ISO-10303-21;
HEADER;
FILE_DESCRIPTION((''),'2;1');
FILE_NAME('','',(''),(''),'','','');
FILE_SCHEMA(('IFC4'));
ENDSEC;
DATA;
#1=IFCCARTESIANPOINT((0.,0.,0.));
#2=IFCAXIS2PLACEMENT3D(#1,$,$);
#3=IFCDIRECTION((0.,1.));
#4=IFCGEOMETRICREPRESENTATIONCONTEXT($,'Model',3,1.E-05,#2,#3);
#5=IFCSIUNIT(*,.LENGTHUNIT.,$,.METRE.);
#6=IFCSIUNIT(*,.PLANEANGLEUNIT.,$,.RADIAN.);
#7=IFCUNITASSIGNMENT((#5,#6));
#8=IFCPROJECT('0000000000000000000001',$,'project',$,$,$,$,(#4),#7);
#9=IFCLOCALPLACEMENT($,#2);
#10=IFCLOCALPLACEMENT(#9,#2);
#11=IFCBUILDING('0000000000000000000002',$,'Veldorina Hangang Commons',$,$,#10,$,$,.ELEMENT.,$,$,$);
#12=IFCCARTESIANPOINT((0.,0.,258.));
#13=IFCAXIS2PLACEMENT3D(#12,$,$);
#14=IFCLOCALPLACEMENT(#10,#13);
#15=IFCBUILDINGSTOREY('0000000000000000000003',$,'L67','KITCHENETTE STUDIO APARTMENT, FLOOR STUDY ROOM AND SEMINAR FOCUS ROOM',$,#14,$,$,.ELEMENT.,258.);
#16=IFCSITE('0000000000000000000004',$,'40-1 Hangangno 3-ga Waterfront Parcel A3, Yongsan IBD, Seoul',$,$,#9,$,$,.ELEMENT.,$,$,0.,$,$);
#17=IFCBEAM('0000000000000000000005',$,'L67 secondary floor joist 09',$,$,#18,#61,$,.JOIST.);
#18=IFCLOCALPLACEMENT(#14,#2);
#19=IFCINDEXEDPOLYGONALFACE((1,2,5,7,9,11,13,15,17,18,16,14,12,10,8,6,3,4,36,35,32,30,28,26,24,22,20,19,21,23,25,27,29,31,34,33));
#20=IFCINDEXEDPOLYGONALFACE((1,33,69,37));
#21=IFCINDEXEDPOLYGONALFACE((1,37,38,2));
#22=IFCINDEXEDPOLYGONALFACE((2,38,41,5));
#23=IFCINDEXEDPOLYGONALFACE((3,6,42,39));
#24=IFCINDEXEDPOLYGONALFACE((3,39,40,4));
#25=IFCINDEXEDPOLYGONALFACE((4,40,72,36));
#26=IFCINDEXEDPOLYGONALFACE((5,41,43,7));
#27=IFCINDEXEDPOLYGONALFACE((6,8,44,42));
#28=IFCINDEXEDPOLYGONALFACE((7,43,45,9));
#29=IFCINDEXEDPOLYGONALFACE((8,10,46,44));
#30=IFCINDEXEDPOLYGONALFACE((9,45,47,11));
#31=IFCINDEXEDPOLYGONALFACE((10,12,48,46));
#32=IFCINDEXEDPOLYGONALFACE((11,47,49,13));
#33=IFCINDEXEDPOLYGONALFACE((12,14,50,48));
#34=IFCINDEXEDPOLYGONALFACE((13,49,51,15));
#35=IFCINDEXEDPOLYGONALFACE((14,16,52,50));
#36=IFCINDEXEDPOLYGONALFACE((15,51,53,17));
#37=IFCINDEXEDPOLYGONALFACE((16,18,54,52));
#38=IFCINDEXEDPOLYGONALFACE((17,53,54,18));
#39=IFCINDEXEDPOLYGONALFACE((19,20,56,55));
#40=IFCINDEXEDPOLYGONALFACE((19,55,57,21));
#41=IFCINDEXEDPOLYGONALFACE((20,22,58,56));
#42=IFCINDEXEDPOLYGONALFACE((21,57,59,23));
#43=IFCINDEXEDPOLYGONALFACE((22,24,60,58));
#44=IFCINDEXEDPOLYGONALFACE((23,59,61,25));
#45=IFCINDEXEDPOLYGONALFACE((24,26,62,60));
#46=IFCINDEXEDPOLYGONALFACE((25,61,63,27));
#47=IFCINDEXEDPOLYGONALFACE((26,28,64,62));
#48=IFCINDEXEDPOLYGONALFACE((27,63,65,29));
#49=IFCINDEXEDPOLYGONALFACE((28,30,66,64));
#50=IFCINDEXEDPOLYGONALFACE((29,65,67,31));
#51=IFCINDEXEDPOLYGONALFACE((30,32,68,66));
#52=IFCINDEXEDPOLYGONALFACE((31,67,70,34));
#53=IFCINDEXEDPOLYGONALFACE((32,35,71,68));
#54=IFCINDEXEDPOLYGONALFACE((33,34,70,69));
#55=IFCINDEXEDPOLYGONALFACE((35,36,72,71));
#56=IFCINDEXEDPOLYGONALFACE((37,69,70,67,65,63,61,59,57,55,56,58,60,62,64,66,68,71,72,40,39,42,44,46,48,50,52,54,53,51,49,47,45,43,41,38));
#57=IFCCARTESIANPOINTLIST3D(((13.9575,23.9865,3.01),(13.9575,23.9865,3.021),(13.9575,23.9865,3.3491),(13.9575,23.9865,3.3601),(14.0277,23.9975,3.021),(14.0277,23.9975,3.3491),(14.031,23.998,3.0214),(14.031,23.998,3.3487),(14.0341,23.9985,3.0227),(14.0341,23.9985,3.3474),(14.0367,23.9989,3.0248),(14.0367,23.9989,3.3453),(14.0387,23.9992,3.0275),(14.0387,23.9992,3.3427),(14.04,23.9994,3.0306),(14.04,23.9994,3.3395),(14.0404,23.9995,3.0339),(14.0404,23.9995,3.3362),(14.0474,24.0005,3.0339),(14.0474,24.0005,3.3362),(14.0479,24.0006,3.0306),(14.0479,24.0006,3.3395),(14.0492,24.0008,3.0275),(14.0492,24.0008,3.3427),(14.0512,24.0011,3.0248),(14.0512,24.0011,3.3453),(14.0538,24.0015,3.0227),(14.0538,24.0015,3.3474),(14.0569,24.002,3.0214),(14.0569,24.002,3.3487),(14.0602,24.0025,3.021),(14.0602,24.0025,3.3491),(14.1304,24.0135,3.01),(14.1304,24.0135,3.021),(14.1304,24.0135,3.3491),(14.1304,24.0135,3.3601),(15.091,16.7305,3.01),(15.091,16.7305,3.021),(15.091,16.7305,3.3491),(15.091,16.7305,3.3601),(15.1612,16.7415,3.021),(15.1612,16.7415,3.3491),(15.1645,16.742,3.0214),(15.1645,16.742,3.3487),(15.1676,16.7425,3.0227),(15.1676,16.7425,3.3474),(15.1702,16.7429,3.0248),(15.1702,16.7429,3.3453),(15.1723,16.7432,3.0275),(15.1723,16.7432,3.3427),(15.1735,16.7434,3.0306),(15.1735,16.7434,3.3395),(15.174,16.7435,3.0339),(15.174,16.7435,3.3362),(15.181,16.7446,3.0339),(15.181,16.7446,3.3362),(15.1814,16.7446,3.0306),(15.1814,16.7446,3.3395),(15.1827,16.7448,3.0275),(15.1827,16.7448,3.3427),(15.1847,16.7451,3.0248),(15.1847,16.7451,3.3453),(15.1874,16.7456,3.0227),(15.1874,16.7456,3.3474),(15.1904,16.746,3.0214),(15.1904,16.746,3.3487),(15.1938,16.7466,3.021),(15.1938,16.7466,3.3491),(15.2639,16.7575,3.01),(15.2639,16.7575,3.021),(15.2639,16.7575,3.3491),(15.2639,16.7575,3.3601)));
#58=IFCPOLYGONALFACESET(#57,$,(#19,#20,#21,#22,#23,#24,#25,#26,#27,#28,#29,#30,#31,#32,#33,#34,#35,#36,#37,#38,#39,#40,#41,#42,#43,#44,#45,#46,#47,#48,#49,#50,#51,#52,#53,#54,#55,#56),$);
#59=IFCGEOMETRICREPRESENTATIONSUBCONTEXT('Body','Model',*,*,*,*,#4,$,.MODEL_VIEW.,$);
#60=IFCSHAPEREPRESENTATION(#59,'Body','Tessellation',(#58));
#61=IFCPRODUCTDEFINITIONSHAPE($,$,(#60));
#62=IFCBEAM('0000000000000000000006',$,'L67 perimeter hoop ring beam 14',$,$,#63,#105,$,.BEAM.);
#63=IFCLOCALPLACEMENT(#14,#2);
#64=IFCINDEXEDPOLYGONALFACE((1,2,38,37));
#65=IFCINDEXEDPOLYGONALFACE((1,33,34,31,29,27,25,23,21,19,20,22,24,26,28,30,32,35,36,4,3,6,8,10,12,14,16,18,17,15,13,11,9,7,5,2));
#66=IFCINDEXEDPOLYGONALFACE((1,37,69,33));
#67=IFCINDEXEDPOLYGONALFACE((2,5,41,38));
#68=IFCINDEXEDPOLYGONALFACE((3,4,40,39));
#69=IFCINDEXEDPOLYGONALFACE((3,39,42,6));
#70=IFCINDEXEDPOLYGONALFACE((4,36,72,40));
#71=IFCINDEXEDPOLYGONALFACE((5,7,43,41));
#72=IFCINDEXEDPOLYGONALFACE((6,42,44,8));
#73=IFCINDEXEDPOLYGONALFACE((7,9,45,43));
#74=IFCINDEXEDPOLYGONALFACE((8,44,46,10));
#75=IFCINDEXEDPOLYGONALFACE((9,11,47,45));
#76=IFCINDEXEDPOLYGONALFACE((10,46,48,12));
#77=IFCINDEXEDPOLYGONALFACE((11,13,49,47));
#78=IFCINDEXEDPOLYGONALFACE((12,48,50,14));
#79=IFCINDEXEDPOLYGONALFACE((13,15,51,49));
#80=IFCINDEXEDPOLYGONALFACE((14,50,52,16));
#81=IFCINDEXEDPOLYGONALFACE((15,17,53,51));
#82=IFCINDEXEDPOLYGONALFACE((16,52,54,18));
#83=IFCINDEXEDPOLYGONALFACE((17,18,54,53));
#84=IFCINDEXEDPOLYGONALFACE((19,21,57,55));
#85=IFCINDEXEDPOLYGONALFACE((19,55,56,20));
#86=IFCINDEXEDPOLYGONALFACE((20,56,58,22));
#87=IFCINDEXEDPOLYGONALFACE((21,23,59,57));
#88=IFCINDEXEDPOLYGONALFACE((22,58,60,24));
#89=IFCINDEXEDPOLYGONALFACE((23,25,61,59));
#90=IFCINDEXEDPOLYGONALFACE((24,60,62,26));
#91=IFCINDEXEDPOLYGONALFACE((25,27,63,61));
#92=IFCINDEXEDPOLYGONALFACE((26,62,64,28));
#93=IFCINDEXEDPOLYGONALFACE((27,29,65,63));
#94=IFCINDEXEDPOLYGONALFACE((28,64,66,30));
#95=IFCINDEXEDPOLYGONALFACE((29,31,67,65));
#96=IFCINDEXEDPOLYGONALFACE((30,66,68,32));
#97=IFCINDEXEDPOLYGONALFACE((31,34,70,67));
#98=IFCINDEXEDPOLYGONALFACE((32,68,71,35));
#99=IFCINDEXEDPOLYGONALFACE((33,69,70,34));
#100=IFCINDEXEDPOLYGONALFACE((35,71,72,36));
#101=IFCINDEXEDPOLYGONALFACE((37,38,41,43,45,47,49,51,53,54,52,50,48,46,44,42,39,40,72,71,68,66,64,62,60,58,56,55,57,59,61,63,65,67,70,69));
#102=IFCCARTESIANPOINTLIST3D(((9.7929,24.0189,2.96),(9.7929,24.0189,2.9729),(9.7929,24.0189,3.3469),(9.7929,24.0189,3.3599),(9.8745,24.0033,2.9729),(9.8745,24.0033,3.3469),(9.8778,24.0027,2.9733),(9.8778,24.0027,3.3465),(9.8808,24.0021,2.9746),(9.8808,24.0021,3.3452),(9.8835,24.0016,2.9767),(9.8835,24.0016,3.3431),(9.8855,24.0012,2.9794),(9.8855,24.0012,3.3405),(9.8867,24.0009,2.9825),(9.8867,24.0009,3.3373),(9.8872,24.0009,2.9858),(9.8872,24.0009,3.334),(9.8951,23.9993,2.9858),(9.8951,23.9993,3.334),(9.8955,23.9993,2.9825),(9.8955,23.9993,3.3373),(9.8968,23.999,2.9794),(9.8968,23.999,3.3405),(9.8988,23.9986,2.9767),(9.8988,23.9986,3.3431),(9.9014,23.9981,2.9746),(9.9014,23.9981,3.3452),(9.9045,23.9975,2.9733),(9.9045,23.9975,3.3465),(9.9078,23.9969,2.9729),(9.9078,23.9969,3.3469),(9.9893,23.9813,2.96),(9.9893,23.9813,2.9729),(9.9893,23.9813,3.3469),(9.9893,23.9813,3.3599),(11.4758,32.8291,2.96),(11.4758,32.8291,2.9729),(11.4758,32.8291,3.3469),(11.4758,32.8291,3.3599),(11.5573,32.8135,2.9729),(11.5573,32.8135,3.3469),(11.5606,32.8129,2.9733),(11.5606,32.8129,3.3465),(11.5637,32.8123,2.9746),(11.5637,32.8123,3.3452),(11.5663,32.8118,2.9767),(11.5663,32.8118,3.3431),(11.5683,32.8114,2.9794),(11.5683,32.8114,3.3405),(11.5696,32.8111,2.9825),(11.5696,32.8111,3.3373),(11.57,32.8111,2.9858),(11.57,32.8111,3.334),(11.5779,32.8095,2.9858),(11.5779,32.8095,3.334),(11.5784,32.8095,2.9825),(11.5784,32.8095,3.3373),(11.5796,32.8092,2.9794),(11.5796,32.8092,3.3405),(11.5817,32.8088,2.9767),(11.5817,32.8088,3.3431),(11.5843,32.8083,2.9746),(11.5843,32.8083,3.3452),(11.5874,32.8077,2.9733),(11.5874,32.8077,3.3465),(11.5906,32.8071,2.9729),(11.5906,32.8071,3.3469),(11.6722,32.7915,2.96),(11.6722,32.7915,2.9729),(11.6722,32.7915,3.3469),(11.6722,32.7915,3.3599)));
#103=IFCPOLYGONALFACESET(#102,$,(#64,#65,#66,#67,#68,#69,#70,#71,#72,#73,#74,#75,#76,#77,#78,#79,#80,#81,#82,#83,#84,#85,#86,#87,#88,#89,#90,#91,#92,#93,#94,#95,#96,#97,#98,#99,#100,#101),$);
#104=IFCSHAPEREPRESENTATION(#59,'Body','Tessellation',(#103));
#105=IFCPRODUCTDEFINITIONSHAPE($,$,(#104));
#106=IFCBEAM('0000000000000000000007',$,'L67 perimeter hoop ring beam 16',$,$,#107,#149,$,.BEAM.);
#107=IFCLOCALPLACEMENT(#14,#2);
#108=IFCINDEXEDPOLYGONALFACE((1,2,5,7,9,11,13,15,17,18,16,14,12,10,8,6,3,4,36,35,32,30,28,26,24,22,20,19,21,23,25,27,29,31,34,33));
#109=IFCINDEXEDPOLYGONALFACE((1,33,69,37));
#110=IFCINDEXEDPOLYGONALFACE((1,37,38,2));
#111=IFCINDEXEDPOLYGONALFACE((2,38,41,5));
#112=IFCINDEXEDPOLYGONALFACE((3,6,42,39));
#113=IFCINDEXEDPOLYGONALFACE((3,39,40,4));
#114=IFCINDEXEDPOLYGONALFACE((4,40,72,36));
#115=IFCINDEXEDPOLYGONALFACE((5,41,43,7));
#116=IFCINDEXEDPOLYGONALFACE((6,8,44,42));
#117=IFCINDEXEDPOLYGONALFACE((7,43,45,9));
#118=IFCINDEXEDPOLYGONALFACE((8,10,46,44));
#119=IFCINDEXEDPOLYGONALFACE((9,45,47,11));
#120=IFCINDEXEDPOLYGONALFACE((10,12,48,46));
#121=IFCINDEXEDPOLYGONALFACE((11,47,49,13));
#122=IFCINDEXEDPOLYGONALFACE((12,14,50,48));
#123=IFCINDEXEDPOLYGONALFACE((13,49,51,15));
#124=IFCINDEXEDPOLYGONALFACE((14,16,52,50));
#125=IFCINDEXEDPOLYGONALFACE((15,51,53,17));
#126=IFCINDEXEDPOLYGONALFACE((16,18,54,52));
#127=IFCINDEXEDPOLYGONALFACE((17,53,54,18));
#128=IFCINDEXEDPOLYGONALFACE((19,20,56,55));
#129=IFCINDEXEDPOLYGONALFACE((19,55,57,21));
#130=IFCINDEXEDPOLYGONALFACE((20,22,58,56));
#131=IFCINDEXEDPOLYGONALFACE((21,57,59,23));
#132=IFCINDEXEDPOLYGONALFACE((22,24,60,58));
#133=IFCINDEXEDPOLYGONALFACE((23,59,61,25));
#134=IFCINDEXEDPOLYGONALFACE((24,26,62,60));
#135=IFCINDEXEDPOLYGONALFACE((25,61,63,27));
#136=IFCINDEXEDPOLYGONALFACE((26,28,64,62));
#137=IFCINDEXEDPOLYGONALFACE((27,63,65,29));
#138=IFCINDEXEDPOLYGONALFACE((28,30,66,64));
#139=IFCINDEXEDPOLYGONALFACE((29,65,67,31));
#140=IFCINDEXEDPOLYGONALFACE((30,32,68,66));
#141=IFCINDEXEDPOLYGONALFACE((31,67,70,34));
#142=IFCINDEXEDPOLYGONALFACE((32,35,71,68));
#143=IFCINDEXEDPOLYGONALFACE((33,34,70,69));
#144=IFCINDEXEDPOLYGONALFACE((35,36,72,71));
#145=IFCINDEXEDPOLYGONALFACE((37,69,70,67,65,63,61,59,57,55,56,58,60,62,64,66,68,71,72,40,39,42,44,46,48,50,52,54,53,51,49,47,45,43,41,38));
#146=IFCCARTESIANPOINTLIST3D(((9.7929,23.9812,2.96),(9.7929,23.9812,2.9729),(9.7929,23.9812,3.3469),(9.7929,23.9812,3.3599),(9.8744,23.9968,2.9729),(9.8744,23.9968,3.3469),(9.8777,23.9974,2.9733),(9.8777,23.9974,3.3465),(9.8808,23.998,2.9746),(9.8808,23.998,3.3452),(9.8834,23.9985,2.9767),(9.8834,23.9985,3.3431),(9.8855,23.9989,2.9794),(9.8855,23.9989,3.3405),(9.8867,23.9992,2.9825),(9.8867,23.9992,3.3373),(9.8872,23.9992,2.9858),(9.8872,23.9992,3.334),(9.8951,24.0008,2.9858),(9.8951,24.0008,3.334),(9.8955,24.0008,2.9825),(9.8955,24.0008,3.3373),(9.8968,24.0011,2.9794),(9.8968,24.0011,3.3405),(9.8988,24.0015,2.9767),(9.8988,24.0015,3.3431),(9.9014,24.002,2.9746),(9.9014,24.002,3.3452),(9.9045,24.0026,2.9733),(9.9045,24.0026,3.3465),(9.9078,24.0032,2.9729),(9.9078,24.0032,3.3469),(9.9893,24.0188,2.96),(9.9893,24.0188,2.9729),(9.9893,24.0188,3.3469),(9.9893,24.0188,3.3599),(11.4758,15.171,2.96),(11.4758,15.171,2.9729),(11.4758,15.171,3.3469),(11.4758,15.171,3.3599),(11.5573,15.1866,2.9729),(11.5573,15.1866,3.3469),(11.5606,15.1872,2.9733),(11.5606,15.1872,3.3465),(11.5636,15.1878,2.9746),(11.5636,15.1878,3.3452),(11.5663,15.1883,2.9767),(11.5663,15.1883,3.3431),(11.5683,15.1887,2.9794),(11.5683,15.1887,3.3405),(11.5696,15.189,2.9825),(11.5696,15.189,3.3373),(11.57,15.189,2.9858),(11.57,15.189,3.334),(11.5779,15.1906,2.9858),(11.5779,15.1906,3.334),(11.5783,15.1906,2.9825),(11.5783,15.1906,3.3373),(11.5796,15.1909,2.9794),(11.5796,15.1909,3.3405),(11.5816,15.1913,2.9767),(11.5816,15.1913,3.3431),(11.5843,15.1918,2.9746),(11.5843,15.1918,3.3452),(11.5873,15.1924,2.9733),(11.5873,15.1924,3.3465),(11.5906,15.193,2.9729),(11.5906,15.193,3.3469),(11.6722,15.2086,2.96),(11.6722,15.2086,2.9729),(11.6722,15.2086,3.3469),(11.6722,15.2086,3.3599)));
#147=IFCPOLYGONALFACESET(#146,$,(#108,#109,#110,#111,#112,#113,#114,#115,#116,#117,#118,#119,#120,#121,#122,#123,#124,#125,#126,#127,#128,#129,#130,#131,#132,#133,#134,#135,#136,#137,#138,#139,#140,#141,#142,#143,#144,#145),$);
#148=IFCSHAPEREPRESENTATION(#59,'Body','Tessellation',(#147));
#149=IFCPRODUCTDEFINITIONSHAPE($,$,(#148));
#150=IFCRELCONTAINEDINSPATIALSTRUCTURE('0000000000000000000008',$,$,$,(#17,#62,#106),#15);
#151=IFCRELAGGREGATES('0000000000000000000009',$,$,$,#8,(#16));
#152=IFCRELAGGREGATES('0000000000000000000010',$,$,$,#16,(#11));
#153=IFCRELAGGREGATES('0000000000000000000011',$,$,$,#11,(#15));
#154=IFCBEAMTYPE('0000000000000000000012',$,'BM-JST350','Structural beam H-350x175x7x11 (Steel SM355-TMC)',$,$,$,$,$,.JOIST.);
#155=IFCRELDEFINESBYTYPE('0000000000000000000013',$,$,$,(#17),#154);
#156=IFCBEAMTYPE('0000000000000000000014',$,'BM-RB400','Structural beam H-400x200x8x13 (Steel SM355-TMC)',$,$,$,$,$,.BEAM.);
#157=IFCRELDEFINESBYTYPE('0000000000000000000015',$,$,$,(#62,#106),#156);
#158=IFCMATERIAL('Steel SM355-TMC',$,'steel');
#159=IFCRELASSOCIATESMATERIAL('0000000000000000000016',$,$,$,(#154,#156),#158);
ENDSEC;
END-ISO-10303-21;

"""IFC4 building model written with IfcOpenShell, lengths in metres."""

from ifc_helpers import new_model, si_unit, direction, frame, origin, origin_2d, place, context, subcontext, project, spatial, i_section, extrude, material, material_profile, profile_set, type_object, element, save


model = new_model("IFC4")

# Units and contexts
model_context = context("Model", 3, precision=1e-05, world=origin(), true_north=direction((0.0, 1.0)))
body_context = subcontext(model_context, "Body", "Model", "MODEL_VIEW")
ifc_project = project(units=[si_unit("LENGTHUNIT", "METRE"), si_unit("PLANEANGLEUNIT", "RADIAN")], contexts=[model_context])

# Site, building, storey
site_placement = place(None, origin())
site = spatial("IfcSite", under=ifc_project, at=site_placement, Name="40-1 Hangangno 3-ga Waterfront Parcel A3, Yongsan IBD, Seoul", CompositionType="ELEMENT", RefElevation=0.0)
building_placement = place(site_placement, origin())
building = spatial("IfcBuilding", under=site, at=building_placement, Name="Veldorina Hangang Commons", CompositionType="ELEMENT")
storey_placement = place(building_placement, frame((0.0, 0.0, 258.0)))
storey = spatial("IfcBuildingStorey", under=building, at=storey_placement, Name="L67", Description="KITCHENETTE STUDIO APARTMENT, FLOOR STUDY ROOM AND SEMINAR FOCUS ROOM", CompositionType="ELEMENT", Elevation=258.0)

# Beams
ifc_material_1 = material(Name="Steel SM355-TMC", Category="steel")
ifc_material_profile_1 = material_profile(ifc_material_1, i_section(OverallWidth=0.175, OverallDepth=0.3501, WebThickness=0.0071, FlangeThickness=0.011, FilletRadius=0.0129, at=origin_2d()), Name="H-350x175x7x11")
ifc_profile_set_1 = profile_set([ifc_material_profile_1], Name="Steel SM355-TMC")
beam_type_1 = type_object("IfcBeamType", Name="BM-JST350", Description="Structural beam H-350x175x7x11 (Steel SM355-TMC)", PredefinedType="JOIST", material=ifc_profile_set_1)
beam_placement = place(storey_placement, frame((14.0439, 24.0, 3.1851), z_axis=(0.154347, -0.988017, 0.0), x_axis=(0.988017, 0.154347, 0.0)))
element("IfcBeam", 1, at=beam_placement, inside=storey, type_object=beam_type_1, Name="L67 secondary floor joist 09", PredefinedType="JOIST", context=body_context, shape_type="SweptSolid", body=[
    extrude(i_section(OverallWidth=0.175, OverallDepth=0.3501, WebThickness=0.0071, FlangeThickness=0.011, FilletRadius=0.0129, at=origin_2d()), origin(), (0.0, 0.0, 1.0), 7.344),
])
ifc_material_profile_2 = material_profile(ifc_material_1, i_section(OverallWidth=0.2, OverallDepth=0.3999, WebThickness=0.0081, FlangeThickness=0.0129, FilletRadius=0.0129, at=origin_2d()), Name="H-400x200x8x13")
ifc_profile_set_2 = profile_set([ifc_material_profile_2], Name="Steel SM355-TMC")
beam_type_2 = type_object("IfcBeamType", Name="BM-RB400", Description="Structural beam H-400x200x8x13 (Steel SM355-TMC)", PredefinedType="BEAM", material=ifc_profile_set_2)
for number, where, z_axis, x_axis, name in (
    (2, (11.574, 32.8103, 3.1599), (-0.187619, -0.982242, 0.0), (0.982242, -0.187619, 0.0), "L67 perimeter hoop ring beam 14"),
    (3, (9.8911, 24.0, 3.1599), (0.187619, -0.982242, 0.0), (0.982242, 0.187619, 0.0), "L67 perimeter hoop ring beam 16"),
):
    element("IfcBeam", number, at=place(storey_placement, frame(where, z_axis=z_axis, x_axis=x_axis)), inside=storey, type_object=beam_type_2, Name=name, PredefinedType="BEAM", context=body_context, shape_type="SweptSolid", body=[
        extrude(i_section(OverallWidth=0.2, OverallDepth=0.3999, WebThickness=0.0081, FlangeThickness=0.0129, FilletRadius=0.0129, at=origin_2d()), origin(), (0.0, 0.0, 1.0), 8.9695),
    ])

save(model, "model.ifc")
